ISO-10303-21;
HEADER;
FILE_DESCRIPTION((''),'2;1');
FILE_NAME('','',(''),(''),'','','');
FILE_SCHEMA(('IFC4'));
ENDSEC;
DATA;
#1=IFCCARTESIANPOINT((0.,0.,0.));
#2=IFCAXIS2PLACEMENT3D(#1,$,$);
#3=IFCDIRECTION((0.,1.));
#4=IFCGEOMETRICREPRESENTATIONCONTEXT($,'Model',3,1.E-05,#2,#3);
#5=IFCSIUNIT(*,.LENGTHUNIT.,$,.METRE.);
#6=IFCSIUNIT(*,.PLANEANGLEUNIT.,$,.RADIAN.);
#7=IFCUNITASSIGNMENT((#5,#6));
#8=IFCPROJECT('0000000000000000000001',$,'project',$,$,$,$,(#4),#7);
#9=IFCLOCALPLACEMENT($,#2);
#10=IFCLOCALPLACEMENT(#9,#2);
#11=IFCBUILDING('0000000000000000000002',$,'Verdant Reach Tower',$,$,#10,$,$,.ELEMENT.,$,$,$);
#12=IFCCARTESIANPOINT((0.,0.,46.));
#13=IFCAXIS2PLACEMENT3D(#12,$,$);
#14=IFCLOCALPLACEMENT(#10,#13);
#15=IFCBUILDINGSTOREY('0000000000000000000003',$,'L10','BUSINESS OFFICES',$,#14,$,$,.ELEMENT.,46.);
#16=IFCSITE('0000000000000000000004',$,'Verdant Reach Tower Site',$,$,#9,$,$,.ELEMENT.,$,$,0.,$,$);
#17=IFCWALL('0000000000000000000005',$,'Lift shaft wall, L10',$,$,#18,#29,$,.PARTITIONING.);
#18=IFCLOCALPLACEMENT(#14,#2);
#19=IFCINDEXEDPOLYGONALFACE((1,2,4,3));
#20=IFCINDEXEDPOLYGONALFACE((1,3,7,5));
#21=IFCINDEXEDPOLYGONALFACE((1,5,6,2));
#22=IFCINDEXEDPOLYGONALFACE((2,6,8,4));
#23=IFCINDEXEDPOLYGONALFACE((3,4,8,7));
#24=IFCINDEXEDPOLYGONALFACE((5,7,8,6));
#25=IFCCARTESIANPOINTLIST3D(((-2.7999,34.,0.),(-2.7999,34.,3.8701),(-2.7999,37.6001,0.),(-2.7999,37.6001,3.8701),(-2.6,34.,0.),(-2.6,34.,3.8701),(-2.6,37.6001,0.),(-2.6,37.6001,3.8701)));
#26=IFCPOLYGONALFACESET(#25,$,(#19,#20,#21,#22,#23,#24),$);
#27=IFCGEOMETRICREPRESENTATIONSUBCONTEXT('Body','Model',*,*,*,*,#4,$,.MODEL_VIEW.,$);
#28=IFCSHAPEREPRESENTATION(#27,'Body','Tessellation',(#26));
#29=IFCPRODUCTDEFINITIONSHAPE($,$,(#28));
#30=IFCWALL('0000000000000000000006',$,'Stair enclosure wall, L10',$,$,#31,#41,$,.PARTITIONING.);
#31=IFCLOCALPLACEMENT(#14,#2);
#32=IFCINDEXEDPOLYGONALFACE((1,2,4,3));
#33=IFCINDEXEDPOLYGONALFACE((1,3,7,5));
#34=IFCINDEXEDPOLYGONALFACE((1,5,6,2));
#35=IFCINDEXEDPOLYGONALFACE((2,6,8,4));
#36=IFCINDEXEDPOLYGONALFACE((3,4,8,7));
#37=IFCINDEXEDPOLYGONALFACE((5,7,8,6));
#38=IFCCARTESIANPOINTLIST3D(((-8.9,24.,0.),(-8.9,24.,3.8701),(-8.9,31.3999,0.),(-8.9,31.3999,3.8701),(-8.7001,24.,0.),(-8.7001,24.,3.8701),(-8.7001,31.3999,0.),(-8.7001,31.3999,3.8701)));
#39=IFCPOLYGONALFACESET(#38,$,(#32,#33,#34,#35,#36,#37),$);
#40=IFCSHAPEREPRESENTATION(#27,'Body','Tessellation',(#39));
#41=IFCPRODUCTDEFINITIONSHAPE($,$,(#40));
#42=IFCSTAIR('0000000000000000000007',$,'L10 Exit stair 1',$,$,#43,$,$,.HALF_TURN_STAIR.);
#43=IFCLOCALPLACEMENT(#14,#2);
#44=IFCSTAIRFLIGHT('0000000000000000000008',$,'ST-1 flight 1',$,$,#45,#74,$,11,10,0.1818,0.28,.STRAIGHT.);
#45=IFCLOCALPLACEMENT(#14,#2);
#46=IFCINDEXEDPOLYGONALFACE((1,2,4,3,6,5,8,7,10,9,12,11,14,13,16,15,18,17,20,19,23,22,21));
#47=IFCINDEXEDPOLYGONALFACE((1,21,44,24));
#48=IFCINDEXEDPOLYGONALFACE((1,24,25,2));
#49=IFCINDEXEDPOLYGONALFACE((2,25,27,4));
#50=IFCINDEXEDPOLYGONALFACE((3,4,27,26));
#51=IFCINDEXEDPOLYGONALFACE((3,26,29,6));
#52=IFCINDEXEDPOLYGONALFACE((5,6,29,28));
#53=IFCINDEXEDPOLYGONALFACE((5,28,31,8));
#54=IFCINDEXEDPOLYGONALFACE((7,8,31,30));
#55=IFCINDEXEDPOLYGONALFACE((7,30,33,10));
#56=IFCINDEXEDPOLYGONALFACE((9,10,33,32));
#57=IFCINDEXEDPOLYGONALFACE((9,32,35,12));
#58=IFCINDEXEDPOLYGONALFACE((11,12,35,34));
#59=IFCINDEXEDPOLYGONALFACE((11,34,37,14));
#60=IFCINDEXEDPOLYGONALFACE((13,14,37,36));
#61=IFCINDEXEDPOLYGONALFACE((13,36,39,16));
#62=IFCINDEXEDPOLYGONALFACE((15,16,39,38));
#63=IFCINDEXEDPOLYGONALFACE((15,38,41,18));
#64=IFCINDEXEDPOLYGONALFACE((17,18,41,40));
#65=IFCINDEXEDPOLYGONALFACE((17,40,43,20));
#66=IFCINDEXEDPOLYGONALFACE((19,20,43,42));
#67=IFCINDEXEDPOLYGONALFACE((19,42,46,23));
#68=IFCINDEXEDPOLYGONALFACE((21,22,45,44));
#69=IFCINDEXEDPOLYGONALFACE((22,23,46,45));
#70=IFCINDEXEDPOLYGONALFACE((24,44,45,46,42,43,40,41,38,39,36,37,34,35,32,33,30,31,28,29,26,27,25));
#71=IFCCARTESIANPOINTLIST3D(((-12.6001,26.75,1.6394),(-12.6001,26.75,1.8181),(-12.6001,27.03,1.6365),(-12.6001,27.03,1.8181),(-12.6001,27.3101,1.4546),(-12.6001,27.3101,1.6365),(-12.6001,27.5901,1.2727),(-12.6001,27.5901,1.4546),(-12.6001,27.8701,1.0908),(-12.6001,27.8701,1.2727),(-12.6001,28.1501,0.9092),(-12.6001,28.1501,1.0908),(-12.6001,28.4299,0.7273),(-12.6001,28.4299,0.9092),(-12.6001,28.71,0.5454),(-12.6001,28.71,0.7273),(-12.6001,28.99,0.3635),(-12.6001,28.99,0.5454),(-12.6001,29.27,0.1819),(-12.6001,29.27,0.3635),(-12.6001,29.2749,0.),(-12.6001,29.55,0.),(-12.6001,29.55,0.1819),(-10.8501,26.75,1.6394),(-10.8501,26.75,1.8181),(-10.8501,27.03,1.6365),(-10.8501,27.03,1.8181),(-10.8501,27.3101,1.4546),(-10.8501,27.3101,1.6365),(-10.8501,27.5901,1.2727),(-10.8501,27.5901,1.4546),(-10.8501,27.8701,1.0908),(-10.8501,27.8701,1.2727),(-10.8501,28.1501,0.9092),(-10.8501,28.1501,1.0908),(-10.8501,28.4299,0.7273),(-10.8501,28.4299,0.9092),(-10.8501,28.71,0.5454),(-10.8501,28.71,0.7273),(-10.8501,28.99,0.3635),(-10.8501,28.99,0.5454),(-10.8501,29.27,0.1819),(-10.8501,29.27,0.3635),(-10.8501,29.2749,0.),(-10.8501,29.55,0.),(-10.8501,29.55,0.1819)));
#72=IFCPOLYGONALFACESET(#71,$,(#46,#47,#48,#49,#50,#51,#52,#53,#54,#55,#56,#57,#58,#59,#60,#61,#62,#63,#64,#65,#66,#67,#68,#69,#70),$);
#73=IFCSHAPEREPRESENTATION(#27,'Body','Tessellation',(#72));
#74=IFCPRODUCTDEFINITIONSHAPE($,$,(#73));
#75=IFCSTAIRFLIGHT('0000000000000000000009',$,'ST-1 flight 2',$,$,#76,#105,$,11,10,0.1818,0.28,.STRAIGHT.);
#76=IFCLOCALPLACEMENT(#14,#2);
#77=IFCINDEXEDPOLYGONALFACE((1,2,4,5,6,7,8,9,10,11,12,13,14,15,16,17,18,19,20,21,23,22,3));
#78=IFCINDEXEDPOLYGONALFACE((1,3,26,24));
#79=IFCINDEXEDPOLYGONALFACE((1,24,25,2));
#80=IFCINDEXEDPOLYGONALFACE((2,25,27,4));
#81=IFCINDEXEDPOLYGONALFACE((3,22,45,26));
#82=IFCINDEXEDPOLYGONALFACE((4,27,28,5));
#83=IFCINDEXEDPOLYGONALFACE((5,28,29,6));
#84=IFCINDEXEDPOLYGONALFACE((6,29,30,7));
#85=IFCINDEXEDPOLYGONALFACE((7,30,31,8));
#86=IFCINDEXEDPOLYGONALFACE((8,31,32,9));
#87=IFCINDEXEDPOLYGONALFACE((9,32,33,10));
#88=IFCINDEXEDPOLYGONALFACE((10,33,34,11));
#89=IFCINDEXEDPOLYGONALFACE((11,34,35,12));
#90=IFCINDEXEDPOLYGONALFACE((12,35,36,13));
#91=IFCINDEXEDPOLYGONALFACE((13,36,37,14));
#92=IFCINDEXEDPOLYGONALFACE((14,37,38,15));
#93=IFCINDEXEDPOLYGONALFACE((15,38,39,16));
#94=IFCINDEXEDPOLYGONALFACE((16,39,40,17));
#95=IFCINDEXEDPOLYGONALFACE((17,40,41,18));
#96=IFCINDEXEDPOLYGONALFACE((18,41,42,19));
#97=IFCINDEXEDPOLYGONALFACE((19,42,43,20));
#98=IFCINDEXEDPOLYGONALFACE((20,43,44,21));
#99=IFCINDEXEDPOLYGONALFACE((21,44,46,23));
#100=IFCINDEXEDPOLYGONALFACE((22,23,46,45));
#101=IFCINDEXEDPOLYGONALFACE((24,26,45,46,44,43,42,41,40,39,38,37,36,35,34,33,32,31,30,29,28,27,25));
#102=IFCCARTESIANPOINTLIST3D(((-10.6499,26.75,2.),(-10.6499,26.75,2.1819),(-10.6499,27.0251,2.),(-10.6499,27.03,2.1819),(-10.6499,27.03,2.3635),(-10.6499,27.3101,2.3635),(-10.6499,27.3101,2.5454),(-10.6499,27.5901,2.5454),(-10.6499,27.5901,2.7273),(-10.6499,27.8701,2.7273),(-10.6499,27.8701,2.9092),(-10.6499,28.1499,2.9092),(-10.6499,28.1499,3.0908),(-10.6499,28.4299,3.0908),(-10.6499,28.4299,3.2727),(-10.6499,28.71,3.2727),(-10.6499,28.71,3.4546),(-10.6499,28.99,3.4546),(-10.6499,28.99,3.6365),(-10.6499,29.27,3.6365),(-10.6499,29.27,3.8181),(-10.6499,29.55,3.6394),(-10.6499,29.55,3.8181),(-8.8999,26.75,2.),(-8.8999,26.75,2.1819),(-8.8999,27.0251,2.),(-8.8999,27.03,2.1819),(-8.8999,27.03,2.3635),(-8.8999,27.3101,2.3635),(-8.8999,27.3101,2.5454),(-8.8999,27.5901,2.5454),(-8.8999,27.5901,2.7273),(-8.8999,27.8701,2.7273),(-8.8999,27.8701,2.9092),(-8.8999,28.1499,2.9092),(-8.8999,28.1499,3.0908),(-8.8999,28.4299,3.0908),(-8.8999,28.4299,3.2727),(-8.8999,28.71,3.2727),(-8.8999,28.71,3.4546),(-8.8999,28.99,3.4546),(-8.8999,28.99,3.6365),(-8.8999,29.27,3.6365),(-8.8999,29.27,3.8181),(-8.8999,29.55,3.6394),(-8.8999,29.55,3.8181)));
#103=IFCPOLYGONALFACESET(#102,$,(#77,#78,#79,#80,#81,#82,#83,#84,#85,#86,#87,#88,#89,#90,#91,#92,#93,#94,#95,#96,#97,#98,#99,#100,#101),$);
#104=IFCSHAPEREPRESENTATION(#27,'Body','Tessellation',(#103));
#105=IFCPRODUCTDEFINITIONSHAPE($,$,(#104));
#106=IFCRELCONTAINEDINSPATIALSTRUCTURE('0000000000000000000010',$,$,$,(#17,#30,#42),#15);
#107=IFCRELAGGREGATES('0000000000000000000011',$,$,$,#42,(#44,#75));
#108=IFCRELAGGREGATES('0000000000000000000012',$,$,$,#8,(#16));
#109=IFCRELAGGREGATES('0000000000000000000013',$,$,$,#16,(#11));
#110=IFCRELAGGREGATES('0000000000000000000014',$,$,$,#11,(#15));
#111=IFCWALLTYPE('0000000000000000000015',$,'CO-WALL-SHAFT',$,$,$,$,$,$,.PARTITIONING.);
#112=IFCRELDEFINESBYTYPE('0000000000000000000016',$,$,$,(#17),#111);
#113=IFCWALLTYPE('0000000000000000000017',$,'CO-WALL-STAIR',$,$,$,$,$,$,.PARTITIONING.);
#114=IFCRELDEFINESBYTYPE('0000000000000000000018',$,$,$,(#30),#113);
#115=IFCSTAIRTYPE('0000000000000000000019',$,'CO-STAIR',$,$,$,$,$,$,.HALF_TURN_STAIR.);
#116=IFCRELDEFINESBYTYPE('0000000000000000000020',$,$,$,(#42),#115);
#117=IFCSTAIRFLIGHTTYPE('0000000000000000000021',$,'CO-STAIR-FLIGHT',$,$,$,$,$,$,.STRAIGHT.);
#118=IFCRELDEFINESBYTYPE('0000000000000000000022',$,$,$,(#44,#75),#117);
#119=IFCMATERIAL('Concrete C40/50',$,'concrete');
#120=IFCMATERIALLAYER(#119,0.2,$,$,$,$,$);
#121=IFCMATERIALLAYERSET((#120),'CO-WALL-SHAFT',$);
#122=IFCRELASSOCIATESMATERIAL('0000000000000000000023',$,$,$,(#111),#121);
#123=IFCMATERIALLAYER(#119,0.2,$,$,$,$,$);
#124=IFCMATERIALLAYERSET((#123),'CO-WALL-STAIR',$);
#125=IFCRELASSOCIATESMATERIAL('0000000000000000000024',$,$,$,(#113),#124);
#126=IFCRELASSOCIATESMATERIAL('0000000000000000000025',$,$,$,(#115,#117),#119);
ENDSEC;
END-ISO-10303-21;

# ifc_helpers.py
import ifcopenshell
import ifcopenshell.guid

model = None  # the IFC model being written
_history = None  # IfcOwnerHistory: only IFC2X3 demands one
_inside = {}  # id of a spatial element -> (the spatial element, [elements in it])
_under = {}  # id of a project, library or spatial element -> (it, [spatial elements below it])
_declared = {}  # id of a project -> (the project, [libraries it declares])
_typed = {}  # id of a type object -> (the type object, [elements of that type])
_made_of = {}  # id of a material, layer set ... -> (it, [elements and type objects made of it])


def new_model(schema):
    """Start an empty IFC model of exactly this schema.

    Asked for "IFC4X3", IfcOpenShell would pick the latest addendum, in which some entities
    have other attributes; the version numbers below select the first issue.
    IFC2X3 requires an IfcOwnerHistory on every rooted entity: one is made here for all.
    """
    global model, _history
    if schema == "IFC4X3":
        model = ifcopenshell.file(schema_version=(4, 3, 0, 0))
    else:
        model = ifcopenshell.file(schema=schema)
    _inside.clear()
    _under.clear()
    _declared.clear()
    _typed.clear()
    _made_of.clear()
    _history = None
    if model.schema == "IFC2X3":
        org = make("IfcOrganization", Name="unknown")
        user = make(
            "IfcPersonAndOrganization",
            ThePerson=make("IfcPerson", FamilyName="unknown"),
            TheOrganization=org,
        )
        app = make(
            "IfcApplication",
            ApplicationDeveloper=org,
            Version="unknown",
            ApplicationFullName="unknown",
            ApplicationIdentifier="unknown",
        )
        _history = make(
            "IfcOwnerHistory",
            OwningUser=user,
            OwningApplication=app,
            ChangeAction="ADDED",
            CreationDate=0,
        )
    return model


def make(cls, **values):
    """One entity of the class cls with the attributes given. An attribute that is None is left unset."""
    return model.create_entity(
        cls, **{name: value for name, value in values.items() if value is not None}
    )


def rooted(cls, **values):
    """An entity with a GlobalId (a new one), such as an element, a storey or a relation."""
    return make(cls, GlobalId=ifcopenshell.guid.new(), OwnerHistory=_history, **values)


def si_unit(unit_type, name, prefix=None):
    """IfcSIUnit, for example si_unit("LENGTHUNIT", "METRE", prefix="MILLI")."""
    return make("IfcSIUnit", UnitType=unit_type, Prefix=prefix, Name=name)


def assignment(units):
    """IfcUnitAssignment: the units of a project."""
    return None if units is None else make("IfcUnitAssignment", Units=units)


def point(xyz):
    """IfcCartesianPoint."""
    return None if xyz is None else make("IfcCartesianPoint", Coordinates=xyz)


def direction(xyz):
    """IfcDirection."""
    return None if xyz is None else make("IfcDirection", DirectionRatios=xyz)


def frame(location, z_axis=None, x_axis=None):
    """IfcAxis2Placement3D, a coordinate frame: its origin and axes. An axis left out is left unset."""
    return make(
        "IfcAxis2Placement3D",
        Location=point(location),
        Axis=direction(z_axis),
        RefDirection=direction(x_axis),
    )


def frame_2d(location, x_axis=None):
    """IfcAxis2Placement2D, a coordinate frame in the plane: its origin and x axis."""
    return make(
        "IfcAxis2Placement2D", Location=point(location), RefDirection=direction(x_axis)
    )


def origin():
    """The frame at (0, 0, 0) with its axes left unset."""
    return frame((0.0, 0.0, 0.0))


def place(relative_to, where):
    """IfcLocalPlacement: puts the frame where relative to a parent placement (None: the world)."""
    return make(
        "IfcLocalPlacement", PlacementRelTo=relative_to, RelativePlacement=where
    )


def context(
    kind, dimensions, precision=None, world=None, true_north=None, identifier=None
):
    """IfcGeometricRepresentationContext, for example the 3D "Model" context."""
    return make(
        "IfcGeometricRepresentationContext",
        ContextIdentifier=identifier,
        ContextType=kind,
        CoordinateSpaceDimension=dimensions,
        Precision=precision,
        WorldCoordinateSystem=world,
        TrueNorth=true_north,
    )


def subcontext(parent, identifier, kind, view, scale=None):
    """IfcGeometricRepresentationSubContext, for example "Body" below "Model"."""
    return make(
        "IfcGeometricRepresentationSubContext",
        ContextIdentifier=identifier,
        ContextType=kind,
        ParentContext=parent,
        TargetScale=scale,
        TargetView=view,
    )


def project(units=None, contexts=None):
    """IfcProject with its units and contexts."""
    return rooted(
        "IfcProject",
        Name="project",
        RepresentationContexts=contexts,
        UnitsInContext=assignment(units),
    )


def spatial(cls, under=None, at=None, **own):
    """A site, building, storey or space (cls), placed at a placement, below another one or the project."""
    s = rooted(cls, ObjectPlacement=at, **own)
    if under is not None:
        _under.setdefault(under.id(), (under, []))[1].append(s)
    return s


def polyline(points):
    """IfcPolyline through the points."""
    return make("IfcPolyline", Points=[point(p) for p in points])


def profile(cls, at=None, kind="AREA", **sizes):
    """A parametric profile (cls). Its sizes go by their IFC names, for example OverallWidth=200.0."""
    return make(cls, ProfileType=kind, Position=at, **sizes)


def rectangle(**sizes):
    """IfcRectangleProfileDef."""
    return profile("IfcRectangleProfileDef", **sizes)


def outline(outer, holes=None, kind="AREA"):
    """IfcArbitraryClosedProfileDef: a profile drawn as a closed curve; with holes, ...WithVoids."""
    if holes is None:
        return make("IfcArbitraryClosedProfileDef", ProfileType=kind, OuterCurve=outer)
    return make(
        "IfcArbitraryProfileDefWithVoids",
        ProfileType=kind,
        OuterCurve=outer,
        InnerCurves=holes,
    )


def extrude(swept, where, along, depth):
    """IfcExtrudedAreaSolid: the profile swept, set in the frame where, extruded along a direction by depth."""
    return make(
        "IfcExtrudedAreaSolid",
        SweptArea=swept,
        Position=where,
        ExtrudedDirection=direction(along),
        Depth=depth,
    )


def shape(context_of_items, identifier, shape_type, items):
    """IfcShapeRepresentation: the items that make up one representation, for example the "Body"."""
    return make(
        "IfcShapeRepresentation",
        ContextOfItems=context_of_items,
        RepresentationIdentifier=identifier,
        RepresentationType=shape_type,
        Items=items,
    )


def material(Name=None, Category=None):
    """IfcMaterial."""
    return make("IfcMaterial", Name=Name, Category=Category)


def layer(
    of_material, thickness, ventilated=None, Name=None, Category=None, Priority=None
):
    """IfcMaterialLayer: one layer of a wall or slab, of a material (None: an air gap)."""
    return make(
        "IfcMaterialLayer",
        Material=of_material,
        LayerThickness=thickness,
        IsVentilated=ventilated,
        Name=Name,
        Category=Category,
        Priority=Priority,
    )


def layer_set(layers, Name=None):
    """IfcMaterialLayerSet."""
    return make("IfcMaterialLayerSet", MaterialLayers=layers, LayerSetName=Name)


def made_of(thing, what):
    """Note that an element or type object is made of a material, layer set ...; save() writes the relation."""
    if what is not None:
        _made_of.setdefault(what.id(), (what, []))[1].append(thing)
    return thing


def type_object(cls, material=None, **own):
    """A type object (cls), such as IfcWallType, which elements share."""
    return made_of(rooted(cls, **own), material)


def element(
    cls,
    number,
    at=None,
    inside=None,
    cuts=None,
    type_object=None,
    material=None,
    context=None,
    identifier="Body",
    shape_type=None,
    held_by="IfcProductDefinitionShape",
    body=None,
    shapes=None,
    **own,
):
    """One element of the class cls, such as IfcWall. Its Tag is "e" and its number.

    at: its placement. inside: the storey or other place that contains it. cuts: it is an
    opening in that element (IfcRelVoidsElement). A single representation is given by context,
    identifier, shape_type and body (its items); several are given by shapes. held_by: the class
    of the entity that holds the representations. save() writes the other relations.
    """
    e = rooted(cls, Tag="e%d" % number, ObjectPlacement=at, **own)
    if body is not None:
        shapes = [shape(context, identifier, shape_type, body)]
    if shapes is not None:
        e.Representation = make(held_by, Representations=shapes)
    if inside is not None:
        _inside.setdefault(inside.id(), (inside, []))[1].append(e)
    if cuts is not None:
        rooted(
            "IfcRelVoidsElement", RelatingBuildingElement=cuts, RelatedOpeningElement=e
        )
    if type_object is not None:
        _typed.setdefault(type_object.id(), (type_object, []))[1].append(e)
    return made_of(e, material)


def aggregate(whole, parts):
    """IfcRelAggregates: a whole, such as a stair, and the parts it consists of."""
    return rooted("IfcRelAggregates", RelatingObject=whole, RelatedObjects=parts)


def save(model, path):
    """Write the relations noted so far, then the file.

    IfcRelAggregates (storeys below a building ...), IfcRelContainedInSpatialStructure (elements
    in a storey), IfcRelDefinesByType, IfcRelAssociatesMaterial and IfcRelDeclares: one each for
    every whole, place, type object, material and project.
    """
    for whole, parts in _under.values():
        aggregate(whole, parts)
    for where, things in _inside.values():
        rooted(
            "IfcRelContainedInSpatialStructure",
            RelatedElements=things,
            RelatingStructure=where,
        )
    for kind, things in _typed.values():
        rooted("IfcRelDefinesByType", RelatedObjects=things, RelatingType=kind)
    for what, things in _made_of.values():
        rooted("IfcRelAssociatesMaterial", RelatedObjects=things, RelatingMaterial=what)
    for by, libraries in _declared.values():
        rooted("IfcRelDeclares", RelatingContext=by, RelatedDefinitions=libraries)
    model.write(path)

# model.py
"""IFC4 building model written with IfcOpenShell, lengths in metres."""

from ifc_helpers import new_model, si_unit, direction, frame, frame_2d, origin, place, context, subcontext, project, spatial, polyline, rectangle, outline, extrude, material, layer, layer_set, type_object, element, aggregate, save


model = new_model("IFC4")

# Units and contexts
model_context = context("Model", 3, precision=1e-05, world=origin(), true_north=direction((0.0, 1.0)))
body_context = subcontext(model_context, "Body", "Model", "MODEL_VIEW")
ifc_project = project(units=[si_unit("LENGTHUNIT", "METRE"), si_unit("PLANEANGLEUNIT", "RADIAN")], contexts=[model_context])

# Site, building, storey
site_placement = place(None, origin())
site = spatial("IfcSite", under=ifc_project, at=site_placement, Name="Verdant Reach Tower Site", CompositionType="ELEMENT", RefElevation=0.0)
building_placement = place(site_placement, origin())
building = spatial("IfcBuilding", under=site, at=building_placement, Name="Verdant Reach Tower", CompositionType="ELEMENT")
storey_placement = place(building_placement, frame((0.0, 0.0, 46.0)))
storey = spatial("IfcBuildingStorey", under=building, at=storey_placement, Name="L10", Description="BUSINESS OFFICES", CompositionType="ELEMENT", Elevation=46.0)

# Shared definitions
ifc_material_1 = material(Name="Concrete C40/50", Category="concrete")
ifc_layer_1 = layer(ifc_material_1, 0.2)
ifc_layer_set_1 = layer_set([ifc_layer_1], Name="CO-WALL-SHAFT")
wall_type_1 = type_object("IfcWallType", Name="CO-WALL-SHAFT", PredefinedType="PARTITIONING", material=ifc_layer_set_1)

# Walls
wall_1_placement = place(storey_placement, frame((-2.7, 34.0, 0.0), z_axis=(0.0, 0.0, 1.0), x_axis=(0.0, 1.0, 0.0)))
element("IfcWall", 1, at=wall_1_placement, inside=storey, type_object=wall_type_1, Name="Lift shaft wall, L10", PredefinedType="PARTITIONING", context=body_context, shape_type="SweptSolid", body=[
    extrude(rectangle(XDim=3.6001, YDim=0.2, at=frame_2d((1.8, 0.0))), origin(), (0.0, 0.0, 1.0), 3.8701),
])
ifc_layer_2 = layer(ifc_material_1, 0.2)
ifc_layer_set_2 = layer_set([ifc_layer_2], Name="CO-WALL-STAIR")
wall_type_2 = type_object("IfcWallType", Name="CO-WALL-STAIR", PredefinedType="PARTITIONING", material=ifc_layer_set_2)
wall_2_placement = place(storey_placement, frame((-8.8, 24.0, 0.0), z_axis=(0.0, 0.0, 1.0), x_axis=(0.0, 1.0, 0.0)))
element("IfcWall", 2, at=wall_2_placement, inside=storey, type_object=wall_type_2, Name="Stair enclosure wall, L10", PredefinedType="PARTITIONING", context=body_context, shape_type="SweptSolid", body=[
    extrude(rectangle(XDim=7.3999, YDim=0.2, at=frame_2d((3.7, 0.0))), origin(), (0.0, 0.0, 1.0), 3.8701),
])

# Stair, stair flights
stair_type = type_object("IfcStairType", Name="CO-STAIR", PredefinedType="HALF_TURN_STAIR", material=ifc_material_1)
stair_placement = place(storey_placement, origin())
stair = element("IfcStair", 3, at=stair_placement, inside=storey, type_object=stair_type, Name="L10 Exit stair 1", PredefinedType="HALF_TURN_STAIR")
stair_flight_type = type_object("IfcStairFlightType", Name="CO-STAIR-FLIGHT", PredefinedType="STRAIGHT", material=ifc_material_1)
stair_flight_1_placement = place(storey_placement, frame((-11.7251, 29.55, 0.0), z_axis=(0.0, 0.0, 1.0), x_axis=(0.0, -1.0, 0.0)))
stair_flight_1 = element("IfcStairFlight", 4, at=stair_flight_1_placement, type_object=stair_flight_type, Name="ST-1 flight 1", NumberOfRisers=11, NumberOfTreads=10, PredefinedType="STRAIGHT", RiserHeight=0.1818, TreadLength=0.28, context=body_context, shape_type="SweptSolid", body=[
    extrude(outline(polyline([(0.0, 0.0), (0.0, 0.1819), (0.28, 0.1819), (0.28, 0.3635), (0.5601, 0.3635), (0.5601, 0.5454), (0.8401, 0.5454), (0.8401, 0.7273), (1.1201, 0.7273), (1.1201, 0.9092), (1.3999, 0.9092), (1.3999, 1.0908), (1.6799, 1.0908), (1.6799, 1.2727), (1.96, 1.2727), (1.96, 1.4546), (2.24, 1.4546), (2.24, 1.6365), (2.52, 1.6365), (2.52, 1.8181), (2.8, 1.8181), (2.8, 2.0), (2.8, 1.6394), (0.2751, 0.0), (0.0, 0.0)])), frame((0.0, 0.875, 0.0), z_axis=(0.0, -1.0, 0.0), x_axis=(1.0, 0.0, 0.0)), (0.0, 0.0, 1.0), 1.75),
])
stair_flight_2_placement = place(storey_placement, frame((-9.7749, 26.75, 2.0), z_axis=(0.0, 0.0, 1.0), x_axis=(0.0, 1.0, 0.0)))
stair_flight_2 = element("IfcStairFlight", 5, at=stair_flight_2_placement, type_object=stair_flight_type, Name="ST-1 flight 2", NumberOfRisers=11, NumberOfTreads=10, PredefinedType="STRAIGHT", RiserHeight=0.1818, TreadLength=0.28, context=body_context, shape_type="SweptSolid", body=[
    extrude(outline(polyline([(0.0, 0.0), (0.0, 0.1819), (0.28, 0.1819), (0.28, 0.3635), (0.5601, 0.3635), (0.5601, 0.5454), (0.8401, 0.5454), (0.8401, 0.7273), (1.1201, 0.7273), (1.1201, 0.9092), (1.3999, 0.9092), (1.3999, 1.0908), (1.6799, 1.0908), (1.6799, 1.2727), (1.96, 1.2727), (1.96, 1.4546), (2.24, 1.4546), (2.24, 1.6365), (2.52, 1.6365), (2.52, 1.8181), (2.8, 1.8181), (2.8, 2.0), (2.8, 1.6394), (0.2751, 0.0), (0.0, 0.0)])), frame((0.0, 0.875, 0.0), z_axis=(0.0, -1.0, 0.0), x_axis=(1.0, 0.0, 0.0)), (0.0, 0.0, 1.0), 1.75),
])
aggregate(stair, [stair_flight_1, stair_flight_2])

save(model, "model.ifc")
